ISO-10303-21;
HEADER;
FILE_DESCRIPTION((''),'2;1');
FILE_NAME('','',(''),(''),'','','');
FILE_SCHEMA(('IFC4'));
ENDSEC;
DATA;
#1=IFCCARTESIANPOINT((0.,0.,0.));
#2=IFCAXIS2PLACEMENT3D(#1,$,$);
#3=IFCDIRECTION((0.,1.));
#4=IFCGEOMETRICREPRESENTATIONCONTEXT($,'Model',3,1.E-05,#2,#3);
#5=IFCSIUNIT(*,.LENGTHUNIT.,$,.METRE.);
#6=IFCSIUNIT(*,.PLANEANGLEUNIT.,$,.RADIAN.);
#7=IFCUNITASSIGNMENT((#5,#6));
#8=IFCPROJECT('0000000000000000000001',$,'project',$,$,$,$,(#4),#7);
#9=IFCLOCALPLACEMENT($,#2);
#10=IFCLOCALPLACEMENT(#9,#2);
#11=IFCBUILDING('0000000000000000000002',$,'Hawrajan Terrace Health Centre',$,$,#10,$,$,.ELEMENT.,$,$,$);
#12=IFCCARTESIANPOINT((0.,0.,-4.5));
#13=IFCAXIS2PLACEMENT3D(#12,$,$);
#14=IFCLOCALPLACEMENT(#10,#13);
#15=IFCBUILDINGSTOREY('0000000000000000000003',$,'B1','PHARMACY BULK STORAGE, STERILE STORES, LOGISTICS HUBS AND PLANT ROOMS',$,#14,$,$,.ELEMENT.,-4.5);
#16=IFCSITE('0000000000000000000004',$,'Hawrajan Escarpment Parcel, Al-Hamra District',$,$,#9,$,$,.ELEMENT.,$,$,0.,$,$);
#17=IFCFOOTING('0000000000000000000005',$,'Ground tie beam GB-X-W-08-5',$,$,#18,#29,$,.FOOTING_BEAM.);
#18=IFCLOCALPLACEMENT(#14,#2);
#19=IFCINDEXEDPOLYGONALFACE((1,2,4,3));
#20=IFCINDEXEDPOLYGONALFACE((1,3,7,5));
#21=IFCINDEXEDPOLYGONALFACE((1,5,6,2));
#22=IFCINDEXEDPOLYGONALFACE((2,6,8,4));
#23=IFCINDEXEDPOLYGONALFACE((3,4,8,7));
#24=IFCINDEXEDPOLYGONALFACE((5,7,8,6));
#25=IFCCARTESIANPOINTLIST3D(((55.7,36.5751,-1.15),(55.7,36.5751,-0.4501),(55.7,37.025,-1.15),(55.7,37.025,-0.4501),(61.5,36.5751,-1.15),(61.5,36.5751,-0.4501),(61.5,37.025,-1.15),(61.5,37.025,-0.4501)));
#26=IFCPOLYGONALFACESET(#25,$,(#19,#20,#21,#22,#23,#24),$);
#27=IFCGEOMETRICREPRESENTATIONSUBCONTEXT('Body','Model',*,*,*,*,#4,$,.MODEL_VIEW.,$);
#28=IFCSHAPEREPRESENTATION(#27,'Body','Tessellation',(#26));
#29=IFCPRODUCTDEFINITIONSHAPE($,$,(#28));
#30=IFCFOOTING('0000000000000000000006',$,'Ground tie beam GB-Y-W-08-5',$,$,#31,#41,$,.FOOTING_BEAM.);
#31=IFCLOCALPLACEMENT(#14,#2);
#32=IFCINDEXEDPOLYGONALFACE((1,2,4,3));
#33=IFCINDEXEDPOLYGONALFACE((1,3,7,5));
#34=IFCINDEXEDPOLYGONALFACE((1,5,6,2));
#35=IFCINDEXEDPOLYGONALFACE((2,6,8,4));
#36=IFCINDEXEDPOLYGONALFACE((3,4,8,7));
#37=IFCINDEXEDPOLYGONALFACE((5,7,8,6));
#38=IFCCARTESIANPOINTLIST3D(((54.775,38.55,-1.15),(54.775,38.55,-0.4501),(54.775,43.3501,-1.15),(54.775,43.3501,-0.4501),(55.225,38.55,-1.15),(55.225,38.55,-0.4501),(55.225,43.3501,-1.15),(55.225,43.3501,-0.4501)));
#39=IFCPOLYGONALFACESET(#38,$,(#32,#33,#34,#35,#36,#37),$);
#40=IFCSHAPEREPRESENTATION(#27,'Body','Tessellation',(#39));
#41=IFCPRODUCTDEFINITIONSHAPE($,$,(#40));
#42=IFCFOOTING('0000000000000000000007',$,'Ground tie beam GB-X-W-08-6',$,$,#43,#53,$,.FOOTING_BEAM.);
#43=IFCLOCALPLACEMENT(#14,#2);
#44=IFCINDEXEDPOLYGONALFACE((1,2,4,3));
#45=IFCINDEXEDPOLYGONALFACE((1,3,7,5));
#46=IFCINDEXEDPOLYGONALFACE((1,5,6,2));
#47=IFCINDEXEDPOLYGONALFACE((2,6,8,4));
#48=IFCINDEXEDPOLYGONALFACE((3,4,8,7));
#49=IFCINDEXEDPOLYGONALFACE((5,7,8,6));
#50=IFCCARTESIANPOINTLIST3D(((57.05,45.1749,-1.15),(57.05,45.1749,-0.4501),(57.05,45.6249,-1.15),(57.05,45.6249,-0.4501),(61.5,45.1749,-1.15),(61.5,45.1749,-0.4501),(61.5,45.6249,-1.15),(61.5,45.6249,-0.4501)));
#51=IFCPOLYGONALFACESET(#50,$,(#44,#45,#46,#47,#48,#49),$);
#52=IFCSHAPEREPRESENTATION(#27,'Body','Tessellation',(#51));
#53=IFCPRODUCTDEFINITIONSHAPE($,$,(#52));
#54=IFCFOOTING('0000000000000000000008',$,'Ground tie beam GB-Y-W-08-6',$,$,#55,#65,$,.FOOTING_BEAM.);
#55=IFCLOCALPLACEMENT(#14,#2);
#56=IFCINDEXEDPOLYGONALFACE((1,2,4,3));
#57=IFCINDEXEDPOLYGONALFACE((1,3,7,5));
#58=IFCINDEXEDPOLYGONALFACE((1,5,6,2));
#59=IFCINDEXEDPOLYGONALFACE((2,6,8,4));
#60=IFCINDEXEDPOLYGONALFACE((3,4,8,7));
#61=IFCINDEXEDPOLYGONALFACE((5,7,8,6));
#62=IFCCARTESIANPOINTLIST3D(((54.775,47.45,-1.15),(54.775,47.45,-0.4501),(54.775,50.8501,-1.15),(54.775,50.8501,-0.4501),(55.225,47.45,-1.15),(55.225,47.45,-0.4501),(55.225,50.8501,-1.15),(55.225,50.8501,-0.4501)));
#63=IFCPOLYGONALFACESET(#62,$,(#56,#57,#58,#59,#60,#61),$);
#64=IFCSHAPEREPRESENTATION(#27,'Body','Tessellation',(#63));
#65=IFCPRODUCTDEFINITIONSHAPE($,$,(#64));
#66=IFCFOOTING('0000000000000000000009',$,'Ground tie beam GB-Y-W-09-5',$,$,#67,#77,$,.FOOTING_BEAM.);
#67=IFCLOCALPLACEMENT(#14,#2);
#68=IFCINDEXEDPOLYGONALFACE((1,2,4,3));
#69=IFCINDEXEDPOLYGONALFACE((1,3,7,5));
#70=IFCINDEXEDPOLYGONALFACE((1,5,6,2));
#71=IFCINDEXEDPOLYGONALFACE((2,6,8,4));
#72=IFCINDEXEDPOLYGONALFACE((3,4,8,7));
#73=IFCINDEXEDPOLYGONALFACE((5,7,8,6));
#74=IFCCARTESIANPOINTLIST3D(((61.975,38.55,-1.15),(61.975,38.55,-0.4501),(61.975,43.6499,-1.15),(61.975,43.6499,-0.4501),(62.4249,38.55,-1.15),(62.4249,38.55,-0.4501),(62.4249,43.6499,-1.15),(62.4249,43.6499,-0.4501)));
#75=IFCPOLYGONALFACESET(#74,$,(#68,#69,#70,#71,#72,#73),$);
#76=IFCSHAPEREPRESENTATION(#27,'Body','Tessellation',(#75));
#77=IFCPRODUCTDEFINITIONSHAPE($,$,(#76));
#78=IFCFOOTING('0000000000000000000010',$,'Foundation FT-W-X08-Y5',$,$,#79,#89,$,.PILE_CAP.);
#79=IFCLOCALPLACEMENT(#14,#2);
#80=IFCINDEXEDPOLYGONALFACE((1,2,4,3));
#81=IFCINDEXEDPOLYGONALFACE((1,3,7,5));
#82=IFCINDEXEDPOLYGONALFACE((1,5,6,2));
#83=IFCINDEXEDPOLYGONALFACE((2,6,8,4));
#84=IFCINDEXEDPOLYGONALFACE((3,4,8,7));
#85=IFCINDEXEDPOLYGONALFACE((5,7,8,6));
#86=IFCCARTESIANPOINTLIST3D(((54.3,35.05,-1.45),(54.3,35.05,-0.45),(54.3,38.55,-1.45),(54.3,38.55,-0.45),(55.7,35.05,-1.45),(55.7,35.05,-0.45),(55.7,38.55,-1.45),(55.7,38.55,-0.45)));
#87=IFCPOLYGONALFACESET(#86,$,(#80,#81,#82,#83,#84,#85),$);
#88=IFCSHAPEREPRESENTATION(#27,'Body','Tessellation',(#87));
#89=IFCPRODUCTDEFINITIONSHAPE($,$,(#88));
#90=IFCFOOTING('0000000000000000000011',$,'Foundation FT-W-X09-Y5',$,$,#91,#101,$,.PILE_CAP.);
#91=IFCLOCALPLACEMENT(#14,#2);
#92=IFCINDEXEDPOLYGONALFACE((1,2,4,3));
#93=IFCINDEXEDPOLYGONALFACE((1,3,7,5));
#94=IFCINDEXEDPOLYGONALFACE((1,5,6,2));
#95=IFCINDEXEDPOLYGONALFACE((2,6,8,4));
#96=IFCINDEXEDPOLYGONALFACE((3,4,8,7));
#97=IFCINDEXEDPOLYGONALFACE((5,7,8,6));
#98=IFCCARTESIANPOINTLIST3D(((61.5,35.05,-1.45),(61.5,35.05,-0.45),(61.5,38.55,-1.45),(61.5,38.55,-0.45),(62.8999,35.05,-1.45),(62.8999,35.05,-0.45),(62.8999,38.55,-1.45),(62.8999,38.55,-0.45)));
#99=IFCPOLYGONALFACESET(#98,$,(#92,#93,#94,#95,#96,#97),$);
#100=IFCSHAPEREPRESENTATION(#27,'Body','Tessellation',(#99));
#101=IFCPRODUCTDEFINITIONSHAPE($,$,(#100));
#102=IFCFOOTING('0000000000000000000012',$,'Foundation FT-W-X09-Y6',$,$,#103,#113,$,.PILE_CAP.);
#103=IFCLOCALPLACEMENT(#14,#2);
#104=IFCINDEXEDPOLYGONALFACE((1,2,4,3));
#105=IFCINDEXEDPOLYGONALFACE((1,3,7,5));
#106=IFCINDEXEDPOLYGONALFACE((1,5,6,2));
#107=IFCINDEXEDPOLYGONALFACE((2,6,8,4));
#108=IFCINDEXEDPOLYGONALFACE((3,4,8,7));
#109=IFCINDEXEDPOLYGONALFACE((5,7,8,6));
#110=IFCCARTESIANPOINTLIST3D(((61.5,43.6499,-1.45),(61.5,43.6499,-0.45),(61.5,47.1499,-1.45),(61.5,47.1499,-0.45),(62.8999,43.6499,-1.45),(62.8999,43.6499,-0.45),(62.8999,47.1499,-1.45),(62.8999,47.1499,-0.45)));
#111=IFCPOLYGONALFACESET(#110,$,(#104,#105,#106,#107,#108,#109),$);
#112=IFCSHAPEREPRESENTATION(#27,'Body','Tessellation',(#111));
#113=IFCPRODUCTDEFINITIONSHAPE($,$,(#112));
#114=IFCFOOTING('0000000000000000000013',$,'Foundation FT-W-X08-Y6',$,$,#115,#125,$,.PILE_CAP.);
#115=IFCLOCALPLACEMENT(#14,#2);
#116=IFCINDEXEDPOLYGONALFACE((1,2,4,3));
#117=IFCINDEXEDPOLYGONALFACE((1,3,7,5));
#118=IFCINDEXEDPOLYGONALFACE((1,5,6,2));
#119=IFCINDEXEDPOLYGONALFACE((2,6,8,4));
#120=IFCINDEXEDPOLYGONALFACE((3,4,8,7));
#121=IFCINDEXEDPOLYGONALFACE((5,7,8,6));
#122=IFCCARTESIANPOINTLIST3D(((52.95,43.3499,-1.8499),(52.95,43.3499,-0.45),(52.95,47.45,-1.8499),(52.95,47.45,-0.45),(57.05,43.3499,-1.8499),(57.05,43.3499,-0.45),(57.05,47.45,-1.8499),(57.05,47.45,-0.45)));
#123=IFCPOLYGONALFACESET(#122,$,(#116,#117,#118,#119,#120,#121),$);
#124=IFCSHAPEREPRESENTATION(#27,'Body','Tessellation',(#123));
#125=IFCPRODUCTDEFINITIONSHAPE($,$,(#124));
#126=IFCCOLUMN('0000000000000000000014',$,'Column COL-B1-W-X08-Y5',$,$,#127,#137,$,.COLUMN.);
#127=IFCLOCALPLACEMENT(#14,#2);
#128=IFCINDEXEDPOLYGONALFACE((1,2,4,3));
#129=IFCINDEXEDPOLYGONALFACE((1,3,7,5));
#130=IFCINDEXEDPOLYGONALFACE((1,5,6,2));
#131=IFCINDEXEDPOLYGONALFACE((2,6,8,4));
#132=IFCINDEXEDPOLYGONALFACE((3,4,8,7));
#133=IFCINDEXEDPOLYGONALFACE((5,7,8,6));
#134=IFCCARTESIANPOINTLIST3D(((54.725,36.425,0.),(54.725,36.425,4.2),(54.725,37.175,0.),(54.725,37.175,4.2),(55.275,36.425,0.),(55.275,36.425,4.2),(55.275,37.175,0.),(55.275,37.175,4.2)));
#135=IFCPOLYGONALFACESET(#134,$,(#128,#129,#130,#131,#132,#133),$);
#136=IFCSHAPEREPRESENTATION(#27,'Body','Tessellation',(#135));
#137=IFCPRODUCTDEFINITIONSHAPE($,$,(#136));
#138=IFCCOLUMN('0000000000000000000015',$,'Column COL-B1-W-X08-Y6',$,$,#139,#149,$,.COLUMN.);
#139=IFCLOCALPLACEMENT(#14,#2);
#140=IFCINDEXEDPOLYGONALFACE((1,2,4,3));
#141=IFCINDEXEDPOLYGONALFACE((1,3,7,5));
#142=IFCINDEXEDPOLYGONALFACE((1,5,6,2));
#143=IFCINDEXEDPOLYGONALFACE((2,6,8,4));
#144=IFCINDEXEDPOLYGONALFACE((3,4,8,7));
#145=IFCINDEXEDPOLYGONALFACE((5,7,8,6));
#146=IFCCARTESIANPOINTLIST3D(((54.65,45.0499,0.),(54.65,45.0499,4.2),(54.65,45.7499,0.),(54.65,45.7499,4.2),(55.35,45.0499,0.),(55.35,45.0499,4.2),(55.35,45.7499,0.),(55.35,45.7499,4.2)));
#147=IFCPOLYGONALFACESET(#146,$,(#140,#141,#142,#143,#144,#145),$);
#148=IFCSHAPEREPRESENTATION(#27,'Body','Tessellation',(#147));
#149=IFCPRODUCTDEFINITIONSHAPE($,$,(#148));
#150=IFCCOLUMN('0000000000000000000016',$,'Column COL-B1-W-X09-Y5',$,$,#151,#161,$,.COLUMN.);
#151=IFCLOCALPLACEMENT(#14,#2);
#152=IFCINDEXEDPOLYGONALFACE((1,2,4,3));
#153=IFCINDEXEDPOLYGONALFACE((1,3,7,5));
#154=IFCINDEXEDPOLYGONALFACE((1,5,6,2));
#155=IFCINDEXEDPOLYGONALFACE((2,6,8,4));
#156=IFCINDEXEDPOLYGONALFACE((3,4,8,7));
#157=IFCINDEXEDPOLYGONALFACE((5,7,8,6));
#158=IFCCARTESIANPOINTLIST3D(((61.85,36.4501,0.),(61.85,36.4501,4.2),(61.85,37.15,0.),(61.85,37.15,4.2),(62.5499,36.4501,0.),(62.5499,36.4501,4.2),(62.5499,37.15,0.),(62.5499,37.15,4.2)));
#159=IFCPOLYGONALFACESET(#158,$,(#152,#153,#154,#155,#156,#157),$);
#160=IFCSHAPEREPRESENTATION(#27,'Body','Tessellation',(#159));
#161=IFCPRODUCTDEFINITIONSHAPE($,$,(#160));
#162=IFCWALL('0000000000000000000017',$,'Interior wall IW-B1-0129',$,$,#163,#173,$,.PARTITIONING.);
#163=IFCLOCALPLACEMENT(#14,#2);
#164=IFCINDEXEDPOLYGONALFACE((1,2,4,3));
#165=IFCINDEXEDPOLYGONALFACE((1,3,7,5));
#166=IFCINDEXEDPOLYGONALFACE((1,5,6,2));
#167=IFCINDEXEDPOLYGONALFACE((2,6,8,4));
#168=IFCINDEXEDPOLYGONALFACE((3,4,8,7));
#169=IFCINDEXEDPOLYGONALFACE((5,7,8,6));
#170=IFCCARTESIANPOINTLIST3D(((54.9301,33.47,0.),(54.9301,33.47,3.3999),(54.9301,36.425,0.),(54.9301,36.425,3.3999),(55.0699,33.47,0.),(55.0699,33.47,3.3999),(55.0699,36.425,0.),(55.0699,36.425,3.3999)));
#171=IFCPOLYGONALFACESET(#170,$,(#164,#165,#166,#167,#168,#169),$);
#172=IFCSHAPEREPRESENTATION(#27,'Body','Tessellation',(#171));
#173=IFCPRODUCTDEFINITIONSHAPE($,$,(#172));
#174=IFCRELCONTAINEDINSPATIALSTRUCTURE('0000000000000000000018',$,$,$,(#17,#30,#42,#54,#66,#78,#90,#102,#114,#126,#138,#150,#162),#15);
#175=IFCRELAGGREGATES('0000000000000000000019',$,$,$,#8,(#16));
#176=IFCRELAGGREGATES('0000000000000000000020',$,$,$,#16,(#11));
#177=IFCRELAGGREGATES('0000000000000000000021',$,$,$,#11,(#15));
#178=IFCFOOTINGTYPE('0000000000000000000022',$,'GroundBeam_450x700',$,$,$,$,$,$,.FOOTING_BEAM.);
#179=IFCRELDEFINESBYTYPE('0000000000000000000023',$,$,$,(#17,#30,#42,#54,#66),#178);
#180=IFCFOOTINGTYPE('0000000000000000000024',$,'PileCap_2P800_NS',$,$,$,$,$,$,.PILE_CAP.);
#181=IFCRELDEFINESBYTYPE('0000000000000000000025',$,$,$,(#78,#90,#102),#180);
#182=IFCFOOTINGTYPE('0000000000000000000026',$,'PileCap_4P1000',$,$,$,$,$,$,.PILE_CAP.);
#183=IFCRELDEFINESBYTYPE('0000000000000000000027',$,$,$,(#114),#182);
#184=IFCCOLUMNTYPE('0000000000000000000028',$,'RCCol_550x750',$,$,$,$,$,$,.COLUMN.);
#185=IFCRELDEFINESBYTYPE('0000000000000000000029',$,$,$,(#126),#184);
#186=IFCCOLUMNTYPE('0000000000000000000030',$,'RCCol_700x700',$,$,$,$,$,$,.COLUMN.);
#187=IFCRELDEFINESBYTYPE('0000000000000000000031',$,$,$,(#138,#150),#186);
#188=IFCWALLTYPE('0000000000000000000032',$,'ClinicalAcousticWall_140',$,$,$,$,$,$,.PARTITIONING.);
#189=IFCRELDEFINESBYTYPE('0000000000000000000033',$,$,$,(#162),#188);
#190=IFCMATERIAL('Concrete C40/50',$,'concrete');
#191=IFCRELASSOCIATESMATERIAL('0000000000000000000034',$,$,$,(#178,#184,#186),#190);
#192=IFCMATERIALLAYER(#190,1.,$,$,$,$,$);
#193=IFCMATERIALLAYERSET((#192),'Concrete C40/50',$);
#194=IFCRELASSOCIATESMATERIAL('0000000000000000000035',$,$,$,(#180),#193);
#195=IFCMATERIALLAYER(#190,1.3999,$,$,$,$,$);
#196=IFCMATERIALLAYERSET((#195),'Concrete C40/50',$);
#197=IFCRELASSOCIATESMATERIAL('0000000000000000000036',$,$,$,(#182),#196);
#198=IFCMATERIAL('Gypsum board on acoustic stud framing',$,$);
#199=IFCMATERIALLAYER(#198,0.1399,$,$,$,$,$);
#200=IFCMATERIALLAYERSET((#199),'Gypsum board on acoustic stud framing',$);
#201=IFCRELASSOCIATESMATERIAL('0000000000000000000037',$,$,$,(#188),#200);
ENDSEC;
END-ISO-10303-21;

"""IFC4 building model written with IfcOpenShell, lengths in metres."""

from ifc_helpers import new_model, si_unit, direction, frame, frame_2d, origin, origin_2d, place, context, subcontext, project, spatial, rectangle, extrude, material, layer, layer_set, material_profile, profile_set, type_object, element, save


model = new_model("IFC4")

# Units and contexts
model_context = context("Model", 3, precision=1e-05, world=origin(), true_north=direction((0.0, 1.0)))
body_context = subcontext(model_context, "Body", "Model", "MODEL_VIEW")
ifc_project = project(units=[si_unit("LENGTHUNIT", "METRE"), si_unit("PLANEANGLEUNIT", "RADIAN")], contexts=[model_context])

# Site, building, storey
site_placement = place(None, origin())
site = spatial("IfcSite", under=ifc_project, at=site_placement, Name="Hawrajan Escarpment Parcel, Al-Hamra District", CompositionType="ELEMENT", RefElevation=0.0)
building_placement = place(site_placement, origin())
building = spatial("IfcBuilding", under=site, at=building_placement, Name="Hawrajan Terrace Health Centre", CompositionType="ELEMENT")
storey_placement = place(building_placement, frame((0.0, 0.0, -4.5)))
storey = spatial("IfcBuildingStorey", under=building, at=storey_placement, Name="B1", Description="PHARMACY BULK STORAGE, STERILE STORES, LOGISTICS HUBS AND PLANT ROOMS", CompositionType="ELEMENT", Elevation=-4.5)

# Shared definitions
ifc_material_1 = material(Name="Concrete C40/50", Category="concrete")

# Footings
ifc_material_profile_1 = material_profile(ifc_material_1, rectangle(XDim=0.45, YDim=0.7, at=origin_2d()), Name="RC BM 450x700")
ifc_profile_set_1 = profile_set([ifc_material_profile_1], Name="Concrete C40/50")
footing_type_1 = type_object("IfcFootingType", Name="GroundBeam_450x700", PredefinedType="FOOTING_BEAM", material=ifc_profile_set_1)
footing_1_placement = place(storey_placement, frame((55.7, 36.8, -0.8), z_axis=(1.0, 0.0, 0.0), x_axis=(0.0, 1.0, 0.0)))
element("IfcFooting", 1, at=footing_1_placement, inside=storey, type_object=footing_type_1, Name="Ground tie beam GB-X-W-08-5", PredefinedType="FOOTING_BEAM", context=body_context, shape_type="SweptSolid", body=[
    extrude(rectangle(XDim=0.45, YDim=0.7, at=origin_2d()), origin(), (0.0, 0.0, 1.0), 5.8),
])
footing_2_placement = place(storey_placement, frame((55.0, 38.55, -0.8), z_axis=(0.0, 1.0, 0.0), x_axis=(-1.0, 0.0, 0.0)))
element("IfcFooting", 2, at=footing_2_placement, inside=storey, type_object=footing_type_1, Name="Ground tie beam GB-Y-W-08-5", PredefinedType="FOOTING_BEAM", context=body_context, shape_type="SweptSolid", body=[
    extrude(rectangle(XDim=0.45, YDim=0.7, at=origin_2d()), origin(), (0.0, 0.0, 1.0), 4.8),
])
footing_3_placement = place(storey_placement, frame((57.05, 45.3999, -0.8), z_axis=(1.0, 0.0, 0.0), x_axis=(0.0, 1.0, 0.0)))
element("IfcFooting", 3, at=footing_3_placement, inside=storey, type_object=footing_type_1, Name="Ground tie beam GB-X-W-08-6", PredefinedType="FOOTING_BEAM", context=body_context, shape_type="SweptSolid", body=[
    extrude(rectangle(XDim=0.45, YDim=0.7, at=origin_2d()), origin(), (0.0, 0.0, 1.0), 4.45),
])
footing_4_placement = place(storey_placement, frame((55.0, 47.45, -0.8), z_axis=(0.0, 1.0, 0.0), x_axis=(-1.0, 0.0, 0.0)))
element("IfcFooting", 4, at=footing_4_placement, inside=storey, type_object=footing_type_1, Name="Ground tie beam GB-Y-W-08-6", PredefinedType="FOOTING_BEAM", context=body_context, shape_type="SweptSolid", body=[
    extrude(rectangle(XDim=0.45, YDim=0.7, at=origin_2d()), origin(), (0.0, 0.0, 1.0), 3.4001),
])
footing_5_placement = place(storey_placement, frame((62.2, 38.55, -0.8), z_axis=(0.0, 1.0, 0.0), x_axis=(-1.0, 0.0, 0.0)))
element("IfcFooting", 5, at=footing_5_placement, inside=storey, type_object=footing_type_1, Name="Ground tie beam GB-Y-W-09-5", PredefinedType="FOOTING_BEAM", context=body_context, shape_type="SweptSolid", body=[
    extrude(rectangle(XDim=0.45, YDim=0.7, at=origin_2d()), origin(), (0.0, 0.0, 1.0), 5.0999),
])
ifc_layer_1 = layer(ifc_material_1, 1.0)
ifc_layer_set_1 = layer_set([ifc_layer_1], Name="Concrete C40/50")
footing_type_2 = type_object("IfcFootingType", Name="PileCap_2P800_NS", PredefinedType="PILE_CAP", material=ifc_layer_set_1)
for number, where, z_axis, x_axis, name in (
    (6, (55.0, 36.8, -1.45), (0.0, 0.0, 1.0), (1.0, 0.0, 0.0), "Foundation FT-W-X08-Y5"),
    (7, (62.2, 36.8, -1.45), (0.0, 0.0, 1.0), (1.0, 0.0, 0.0), "Foundation FT-W-X09-Y5"),
    (8, (62.2, 45.3999, -1.45), (0.0, 0.0, 1.0), (1.0, 0.0, 0.0), "Foundation FT-W-X09-Y6"),
):
    element("IfcFooting", number, at=place(storey_placement, frame(where, z_axis=z_axis, x_axis=x_axis)), inside=storey, type_object=footing_type_2, Name=name, PredefinedType="PILE_CAP", context=body_context, shape_type="SweptSolid", body=[
        extrude(rectangle(XDim=1.3999, YDim=3.5, at=origin_2d()), origin(), (0.0, 0.0, 1.0), 1.0),
    ])
ifc_layer_2 = layer(ifc_material_1, 1.3999)
ifc_layer_set_2 = layer_set([ifc_layer_2], Name="Concrete C40/50")
footing_type_3 = type_object("IfcFootingType", Name="PileCap_4P1000", PredefinedType="PILE_CAP", material=ifc_layer_set_2)
footing_6_placement = place(storey_placement, frame((55.0, 45.3999, -1.8499), z_axis=(0.0, 0.0, 1.0), x_axis=(1.0, 0.0, 0.0)))
element("IfcFooting", 9, at=footing_6_placement, inside=storey, type_object=footing_type_3, Name="Foundation FT-W-X08-Y6", PredefinedType="PILE_CAP", context=body_context, shape_type="SweptSolid", body=[
    extrude(rectangle(XDim=4.1001, YDim=4.1001, at=origin_2d()), origin(), (0.0, 0.0, 1.0), 1.3999),
])

# Columns
ifc_material_profile_2 = material_profile(ifc_material_1, rectangle(XDim=0.55, YDim=0.75, at=origin_2d()), Name="RC 550x750")
ifc_profile_set_2 = profile_set([ifc_material_profile_2], Name="Concrete C40/50")
column_type_1 = type_object("IfcColumnType", Name="RCCol_550x750", PredefinedType="COLUMN", material=ifc_profile_set_2)
column_placement = place(storey_placement, frame((55.0, 36.8, 0.0), z_axis=(0.0, 0.0, 1.0), x_axis=(1.0, 0.0, 0.0)))
element("IfcColumn", 10, at=column_placement, inside=storey, type_object=column_type_1, Name="Column COL-B1-W-X08-Y5", PredefinedType="COLUMN", context=body_context, shape_type="SweptSolid", body=[
    extrude(rectangle(XDim=0.55, YDim=0.75, at=origin_2d()), origin(), (0.0, 0.0, 1.0), 4.2),
])
ifc_material_profile_3 = material_profile(ifc_material_1, rectangle(XDim=0.7, YDim=0.7, at=origin_2d()), Name="RC 700x700")
ifc_profile_set_3 = profile_set([ifc_material_profile_3], Name="Concrete C40/50")
column_type_2 = type_object("IfcColumnType", Name="RCCol_700x700", PredefinedType="COLUMN", material=ifc_profile_set_3)
for number, where, z_axis, x_axis, name in (
    (11, (55.0, 45.3999, 0.0), (0.0, 0.0, 1.0), (1.0, 0.0, 0.0), "Column COL-B1-W-X08-Y6"),
    (12, (62.2, 36.8, 0.0), (0.0, 0.0, 1.0), (1.0, 0.0, 0.0), "Column COL-B1-W-X09-Y5"),
):
    element("IfcColumn", number, at=place(storey_placement, frame(where, z_axis=z_axis, x_axis=x_axis)), inside=storey, type_object=column_type_2, Name=name, PredefinedType="COLUMN", context=body_context, shape_type="SweptSolid", body=[
        extrude(rectangle(XDim=0.7, YDim=0.7, at=origin_2d()), origin(), (0.0, 0.0, 1.0), 4.2),
    ])

# Wall
ifc_material_2 = material(Name="Gypsum board on acoustic stud framing")
ifc_layer_3 = layer(ifc_material_2, 0.1399)
ifc_layer_set_3 = layer_set([ifc_layer_3], Name="Gypsum board on acoustic stud framing")
wall_type_1 = type_object("IfcWallType", Name="ClinicalAcousticWall_140", PredefinedType="PARTITIONING", material=ifc_layer_set_3)
wall_1_placement = place(storey_placement, frame((55.0, 33.47, 0.0), z_axis=(0.0, 0.0, 1.0), x_axis=(0.0, 1.0, 0.0)))
element("IfcWall", 13, at=wall_1_placement, inside=storey, type_object=wall_type_1, Name="Interior wall IW-B1-0129", PredefinedType="PARTITIONING", context=body_context, shape_type="SweptSolid", body=[
    extrude(rectangle(XDim=2.9551, YDim=0.1399, at=frame_2d((1.4775, 0.0))), origin(), (0.0, 0.0, 1.0), 3.3999),
])

save(model, "model.ifc")
